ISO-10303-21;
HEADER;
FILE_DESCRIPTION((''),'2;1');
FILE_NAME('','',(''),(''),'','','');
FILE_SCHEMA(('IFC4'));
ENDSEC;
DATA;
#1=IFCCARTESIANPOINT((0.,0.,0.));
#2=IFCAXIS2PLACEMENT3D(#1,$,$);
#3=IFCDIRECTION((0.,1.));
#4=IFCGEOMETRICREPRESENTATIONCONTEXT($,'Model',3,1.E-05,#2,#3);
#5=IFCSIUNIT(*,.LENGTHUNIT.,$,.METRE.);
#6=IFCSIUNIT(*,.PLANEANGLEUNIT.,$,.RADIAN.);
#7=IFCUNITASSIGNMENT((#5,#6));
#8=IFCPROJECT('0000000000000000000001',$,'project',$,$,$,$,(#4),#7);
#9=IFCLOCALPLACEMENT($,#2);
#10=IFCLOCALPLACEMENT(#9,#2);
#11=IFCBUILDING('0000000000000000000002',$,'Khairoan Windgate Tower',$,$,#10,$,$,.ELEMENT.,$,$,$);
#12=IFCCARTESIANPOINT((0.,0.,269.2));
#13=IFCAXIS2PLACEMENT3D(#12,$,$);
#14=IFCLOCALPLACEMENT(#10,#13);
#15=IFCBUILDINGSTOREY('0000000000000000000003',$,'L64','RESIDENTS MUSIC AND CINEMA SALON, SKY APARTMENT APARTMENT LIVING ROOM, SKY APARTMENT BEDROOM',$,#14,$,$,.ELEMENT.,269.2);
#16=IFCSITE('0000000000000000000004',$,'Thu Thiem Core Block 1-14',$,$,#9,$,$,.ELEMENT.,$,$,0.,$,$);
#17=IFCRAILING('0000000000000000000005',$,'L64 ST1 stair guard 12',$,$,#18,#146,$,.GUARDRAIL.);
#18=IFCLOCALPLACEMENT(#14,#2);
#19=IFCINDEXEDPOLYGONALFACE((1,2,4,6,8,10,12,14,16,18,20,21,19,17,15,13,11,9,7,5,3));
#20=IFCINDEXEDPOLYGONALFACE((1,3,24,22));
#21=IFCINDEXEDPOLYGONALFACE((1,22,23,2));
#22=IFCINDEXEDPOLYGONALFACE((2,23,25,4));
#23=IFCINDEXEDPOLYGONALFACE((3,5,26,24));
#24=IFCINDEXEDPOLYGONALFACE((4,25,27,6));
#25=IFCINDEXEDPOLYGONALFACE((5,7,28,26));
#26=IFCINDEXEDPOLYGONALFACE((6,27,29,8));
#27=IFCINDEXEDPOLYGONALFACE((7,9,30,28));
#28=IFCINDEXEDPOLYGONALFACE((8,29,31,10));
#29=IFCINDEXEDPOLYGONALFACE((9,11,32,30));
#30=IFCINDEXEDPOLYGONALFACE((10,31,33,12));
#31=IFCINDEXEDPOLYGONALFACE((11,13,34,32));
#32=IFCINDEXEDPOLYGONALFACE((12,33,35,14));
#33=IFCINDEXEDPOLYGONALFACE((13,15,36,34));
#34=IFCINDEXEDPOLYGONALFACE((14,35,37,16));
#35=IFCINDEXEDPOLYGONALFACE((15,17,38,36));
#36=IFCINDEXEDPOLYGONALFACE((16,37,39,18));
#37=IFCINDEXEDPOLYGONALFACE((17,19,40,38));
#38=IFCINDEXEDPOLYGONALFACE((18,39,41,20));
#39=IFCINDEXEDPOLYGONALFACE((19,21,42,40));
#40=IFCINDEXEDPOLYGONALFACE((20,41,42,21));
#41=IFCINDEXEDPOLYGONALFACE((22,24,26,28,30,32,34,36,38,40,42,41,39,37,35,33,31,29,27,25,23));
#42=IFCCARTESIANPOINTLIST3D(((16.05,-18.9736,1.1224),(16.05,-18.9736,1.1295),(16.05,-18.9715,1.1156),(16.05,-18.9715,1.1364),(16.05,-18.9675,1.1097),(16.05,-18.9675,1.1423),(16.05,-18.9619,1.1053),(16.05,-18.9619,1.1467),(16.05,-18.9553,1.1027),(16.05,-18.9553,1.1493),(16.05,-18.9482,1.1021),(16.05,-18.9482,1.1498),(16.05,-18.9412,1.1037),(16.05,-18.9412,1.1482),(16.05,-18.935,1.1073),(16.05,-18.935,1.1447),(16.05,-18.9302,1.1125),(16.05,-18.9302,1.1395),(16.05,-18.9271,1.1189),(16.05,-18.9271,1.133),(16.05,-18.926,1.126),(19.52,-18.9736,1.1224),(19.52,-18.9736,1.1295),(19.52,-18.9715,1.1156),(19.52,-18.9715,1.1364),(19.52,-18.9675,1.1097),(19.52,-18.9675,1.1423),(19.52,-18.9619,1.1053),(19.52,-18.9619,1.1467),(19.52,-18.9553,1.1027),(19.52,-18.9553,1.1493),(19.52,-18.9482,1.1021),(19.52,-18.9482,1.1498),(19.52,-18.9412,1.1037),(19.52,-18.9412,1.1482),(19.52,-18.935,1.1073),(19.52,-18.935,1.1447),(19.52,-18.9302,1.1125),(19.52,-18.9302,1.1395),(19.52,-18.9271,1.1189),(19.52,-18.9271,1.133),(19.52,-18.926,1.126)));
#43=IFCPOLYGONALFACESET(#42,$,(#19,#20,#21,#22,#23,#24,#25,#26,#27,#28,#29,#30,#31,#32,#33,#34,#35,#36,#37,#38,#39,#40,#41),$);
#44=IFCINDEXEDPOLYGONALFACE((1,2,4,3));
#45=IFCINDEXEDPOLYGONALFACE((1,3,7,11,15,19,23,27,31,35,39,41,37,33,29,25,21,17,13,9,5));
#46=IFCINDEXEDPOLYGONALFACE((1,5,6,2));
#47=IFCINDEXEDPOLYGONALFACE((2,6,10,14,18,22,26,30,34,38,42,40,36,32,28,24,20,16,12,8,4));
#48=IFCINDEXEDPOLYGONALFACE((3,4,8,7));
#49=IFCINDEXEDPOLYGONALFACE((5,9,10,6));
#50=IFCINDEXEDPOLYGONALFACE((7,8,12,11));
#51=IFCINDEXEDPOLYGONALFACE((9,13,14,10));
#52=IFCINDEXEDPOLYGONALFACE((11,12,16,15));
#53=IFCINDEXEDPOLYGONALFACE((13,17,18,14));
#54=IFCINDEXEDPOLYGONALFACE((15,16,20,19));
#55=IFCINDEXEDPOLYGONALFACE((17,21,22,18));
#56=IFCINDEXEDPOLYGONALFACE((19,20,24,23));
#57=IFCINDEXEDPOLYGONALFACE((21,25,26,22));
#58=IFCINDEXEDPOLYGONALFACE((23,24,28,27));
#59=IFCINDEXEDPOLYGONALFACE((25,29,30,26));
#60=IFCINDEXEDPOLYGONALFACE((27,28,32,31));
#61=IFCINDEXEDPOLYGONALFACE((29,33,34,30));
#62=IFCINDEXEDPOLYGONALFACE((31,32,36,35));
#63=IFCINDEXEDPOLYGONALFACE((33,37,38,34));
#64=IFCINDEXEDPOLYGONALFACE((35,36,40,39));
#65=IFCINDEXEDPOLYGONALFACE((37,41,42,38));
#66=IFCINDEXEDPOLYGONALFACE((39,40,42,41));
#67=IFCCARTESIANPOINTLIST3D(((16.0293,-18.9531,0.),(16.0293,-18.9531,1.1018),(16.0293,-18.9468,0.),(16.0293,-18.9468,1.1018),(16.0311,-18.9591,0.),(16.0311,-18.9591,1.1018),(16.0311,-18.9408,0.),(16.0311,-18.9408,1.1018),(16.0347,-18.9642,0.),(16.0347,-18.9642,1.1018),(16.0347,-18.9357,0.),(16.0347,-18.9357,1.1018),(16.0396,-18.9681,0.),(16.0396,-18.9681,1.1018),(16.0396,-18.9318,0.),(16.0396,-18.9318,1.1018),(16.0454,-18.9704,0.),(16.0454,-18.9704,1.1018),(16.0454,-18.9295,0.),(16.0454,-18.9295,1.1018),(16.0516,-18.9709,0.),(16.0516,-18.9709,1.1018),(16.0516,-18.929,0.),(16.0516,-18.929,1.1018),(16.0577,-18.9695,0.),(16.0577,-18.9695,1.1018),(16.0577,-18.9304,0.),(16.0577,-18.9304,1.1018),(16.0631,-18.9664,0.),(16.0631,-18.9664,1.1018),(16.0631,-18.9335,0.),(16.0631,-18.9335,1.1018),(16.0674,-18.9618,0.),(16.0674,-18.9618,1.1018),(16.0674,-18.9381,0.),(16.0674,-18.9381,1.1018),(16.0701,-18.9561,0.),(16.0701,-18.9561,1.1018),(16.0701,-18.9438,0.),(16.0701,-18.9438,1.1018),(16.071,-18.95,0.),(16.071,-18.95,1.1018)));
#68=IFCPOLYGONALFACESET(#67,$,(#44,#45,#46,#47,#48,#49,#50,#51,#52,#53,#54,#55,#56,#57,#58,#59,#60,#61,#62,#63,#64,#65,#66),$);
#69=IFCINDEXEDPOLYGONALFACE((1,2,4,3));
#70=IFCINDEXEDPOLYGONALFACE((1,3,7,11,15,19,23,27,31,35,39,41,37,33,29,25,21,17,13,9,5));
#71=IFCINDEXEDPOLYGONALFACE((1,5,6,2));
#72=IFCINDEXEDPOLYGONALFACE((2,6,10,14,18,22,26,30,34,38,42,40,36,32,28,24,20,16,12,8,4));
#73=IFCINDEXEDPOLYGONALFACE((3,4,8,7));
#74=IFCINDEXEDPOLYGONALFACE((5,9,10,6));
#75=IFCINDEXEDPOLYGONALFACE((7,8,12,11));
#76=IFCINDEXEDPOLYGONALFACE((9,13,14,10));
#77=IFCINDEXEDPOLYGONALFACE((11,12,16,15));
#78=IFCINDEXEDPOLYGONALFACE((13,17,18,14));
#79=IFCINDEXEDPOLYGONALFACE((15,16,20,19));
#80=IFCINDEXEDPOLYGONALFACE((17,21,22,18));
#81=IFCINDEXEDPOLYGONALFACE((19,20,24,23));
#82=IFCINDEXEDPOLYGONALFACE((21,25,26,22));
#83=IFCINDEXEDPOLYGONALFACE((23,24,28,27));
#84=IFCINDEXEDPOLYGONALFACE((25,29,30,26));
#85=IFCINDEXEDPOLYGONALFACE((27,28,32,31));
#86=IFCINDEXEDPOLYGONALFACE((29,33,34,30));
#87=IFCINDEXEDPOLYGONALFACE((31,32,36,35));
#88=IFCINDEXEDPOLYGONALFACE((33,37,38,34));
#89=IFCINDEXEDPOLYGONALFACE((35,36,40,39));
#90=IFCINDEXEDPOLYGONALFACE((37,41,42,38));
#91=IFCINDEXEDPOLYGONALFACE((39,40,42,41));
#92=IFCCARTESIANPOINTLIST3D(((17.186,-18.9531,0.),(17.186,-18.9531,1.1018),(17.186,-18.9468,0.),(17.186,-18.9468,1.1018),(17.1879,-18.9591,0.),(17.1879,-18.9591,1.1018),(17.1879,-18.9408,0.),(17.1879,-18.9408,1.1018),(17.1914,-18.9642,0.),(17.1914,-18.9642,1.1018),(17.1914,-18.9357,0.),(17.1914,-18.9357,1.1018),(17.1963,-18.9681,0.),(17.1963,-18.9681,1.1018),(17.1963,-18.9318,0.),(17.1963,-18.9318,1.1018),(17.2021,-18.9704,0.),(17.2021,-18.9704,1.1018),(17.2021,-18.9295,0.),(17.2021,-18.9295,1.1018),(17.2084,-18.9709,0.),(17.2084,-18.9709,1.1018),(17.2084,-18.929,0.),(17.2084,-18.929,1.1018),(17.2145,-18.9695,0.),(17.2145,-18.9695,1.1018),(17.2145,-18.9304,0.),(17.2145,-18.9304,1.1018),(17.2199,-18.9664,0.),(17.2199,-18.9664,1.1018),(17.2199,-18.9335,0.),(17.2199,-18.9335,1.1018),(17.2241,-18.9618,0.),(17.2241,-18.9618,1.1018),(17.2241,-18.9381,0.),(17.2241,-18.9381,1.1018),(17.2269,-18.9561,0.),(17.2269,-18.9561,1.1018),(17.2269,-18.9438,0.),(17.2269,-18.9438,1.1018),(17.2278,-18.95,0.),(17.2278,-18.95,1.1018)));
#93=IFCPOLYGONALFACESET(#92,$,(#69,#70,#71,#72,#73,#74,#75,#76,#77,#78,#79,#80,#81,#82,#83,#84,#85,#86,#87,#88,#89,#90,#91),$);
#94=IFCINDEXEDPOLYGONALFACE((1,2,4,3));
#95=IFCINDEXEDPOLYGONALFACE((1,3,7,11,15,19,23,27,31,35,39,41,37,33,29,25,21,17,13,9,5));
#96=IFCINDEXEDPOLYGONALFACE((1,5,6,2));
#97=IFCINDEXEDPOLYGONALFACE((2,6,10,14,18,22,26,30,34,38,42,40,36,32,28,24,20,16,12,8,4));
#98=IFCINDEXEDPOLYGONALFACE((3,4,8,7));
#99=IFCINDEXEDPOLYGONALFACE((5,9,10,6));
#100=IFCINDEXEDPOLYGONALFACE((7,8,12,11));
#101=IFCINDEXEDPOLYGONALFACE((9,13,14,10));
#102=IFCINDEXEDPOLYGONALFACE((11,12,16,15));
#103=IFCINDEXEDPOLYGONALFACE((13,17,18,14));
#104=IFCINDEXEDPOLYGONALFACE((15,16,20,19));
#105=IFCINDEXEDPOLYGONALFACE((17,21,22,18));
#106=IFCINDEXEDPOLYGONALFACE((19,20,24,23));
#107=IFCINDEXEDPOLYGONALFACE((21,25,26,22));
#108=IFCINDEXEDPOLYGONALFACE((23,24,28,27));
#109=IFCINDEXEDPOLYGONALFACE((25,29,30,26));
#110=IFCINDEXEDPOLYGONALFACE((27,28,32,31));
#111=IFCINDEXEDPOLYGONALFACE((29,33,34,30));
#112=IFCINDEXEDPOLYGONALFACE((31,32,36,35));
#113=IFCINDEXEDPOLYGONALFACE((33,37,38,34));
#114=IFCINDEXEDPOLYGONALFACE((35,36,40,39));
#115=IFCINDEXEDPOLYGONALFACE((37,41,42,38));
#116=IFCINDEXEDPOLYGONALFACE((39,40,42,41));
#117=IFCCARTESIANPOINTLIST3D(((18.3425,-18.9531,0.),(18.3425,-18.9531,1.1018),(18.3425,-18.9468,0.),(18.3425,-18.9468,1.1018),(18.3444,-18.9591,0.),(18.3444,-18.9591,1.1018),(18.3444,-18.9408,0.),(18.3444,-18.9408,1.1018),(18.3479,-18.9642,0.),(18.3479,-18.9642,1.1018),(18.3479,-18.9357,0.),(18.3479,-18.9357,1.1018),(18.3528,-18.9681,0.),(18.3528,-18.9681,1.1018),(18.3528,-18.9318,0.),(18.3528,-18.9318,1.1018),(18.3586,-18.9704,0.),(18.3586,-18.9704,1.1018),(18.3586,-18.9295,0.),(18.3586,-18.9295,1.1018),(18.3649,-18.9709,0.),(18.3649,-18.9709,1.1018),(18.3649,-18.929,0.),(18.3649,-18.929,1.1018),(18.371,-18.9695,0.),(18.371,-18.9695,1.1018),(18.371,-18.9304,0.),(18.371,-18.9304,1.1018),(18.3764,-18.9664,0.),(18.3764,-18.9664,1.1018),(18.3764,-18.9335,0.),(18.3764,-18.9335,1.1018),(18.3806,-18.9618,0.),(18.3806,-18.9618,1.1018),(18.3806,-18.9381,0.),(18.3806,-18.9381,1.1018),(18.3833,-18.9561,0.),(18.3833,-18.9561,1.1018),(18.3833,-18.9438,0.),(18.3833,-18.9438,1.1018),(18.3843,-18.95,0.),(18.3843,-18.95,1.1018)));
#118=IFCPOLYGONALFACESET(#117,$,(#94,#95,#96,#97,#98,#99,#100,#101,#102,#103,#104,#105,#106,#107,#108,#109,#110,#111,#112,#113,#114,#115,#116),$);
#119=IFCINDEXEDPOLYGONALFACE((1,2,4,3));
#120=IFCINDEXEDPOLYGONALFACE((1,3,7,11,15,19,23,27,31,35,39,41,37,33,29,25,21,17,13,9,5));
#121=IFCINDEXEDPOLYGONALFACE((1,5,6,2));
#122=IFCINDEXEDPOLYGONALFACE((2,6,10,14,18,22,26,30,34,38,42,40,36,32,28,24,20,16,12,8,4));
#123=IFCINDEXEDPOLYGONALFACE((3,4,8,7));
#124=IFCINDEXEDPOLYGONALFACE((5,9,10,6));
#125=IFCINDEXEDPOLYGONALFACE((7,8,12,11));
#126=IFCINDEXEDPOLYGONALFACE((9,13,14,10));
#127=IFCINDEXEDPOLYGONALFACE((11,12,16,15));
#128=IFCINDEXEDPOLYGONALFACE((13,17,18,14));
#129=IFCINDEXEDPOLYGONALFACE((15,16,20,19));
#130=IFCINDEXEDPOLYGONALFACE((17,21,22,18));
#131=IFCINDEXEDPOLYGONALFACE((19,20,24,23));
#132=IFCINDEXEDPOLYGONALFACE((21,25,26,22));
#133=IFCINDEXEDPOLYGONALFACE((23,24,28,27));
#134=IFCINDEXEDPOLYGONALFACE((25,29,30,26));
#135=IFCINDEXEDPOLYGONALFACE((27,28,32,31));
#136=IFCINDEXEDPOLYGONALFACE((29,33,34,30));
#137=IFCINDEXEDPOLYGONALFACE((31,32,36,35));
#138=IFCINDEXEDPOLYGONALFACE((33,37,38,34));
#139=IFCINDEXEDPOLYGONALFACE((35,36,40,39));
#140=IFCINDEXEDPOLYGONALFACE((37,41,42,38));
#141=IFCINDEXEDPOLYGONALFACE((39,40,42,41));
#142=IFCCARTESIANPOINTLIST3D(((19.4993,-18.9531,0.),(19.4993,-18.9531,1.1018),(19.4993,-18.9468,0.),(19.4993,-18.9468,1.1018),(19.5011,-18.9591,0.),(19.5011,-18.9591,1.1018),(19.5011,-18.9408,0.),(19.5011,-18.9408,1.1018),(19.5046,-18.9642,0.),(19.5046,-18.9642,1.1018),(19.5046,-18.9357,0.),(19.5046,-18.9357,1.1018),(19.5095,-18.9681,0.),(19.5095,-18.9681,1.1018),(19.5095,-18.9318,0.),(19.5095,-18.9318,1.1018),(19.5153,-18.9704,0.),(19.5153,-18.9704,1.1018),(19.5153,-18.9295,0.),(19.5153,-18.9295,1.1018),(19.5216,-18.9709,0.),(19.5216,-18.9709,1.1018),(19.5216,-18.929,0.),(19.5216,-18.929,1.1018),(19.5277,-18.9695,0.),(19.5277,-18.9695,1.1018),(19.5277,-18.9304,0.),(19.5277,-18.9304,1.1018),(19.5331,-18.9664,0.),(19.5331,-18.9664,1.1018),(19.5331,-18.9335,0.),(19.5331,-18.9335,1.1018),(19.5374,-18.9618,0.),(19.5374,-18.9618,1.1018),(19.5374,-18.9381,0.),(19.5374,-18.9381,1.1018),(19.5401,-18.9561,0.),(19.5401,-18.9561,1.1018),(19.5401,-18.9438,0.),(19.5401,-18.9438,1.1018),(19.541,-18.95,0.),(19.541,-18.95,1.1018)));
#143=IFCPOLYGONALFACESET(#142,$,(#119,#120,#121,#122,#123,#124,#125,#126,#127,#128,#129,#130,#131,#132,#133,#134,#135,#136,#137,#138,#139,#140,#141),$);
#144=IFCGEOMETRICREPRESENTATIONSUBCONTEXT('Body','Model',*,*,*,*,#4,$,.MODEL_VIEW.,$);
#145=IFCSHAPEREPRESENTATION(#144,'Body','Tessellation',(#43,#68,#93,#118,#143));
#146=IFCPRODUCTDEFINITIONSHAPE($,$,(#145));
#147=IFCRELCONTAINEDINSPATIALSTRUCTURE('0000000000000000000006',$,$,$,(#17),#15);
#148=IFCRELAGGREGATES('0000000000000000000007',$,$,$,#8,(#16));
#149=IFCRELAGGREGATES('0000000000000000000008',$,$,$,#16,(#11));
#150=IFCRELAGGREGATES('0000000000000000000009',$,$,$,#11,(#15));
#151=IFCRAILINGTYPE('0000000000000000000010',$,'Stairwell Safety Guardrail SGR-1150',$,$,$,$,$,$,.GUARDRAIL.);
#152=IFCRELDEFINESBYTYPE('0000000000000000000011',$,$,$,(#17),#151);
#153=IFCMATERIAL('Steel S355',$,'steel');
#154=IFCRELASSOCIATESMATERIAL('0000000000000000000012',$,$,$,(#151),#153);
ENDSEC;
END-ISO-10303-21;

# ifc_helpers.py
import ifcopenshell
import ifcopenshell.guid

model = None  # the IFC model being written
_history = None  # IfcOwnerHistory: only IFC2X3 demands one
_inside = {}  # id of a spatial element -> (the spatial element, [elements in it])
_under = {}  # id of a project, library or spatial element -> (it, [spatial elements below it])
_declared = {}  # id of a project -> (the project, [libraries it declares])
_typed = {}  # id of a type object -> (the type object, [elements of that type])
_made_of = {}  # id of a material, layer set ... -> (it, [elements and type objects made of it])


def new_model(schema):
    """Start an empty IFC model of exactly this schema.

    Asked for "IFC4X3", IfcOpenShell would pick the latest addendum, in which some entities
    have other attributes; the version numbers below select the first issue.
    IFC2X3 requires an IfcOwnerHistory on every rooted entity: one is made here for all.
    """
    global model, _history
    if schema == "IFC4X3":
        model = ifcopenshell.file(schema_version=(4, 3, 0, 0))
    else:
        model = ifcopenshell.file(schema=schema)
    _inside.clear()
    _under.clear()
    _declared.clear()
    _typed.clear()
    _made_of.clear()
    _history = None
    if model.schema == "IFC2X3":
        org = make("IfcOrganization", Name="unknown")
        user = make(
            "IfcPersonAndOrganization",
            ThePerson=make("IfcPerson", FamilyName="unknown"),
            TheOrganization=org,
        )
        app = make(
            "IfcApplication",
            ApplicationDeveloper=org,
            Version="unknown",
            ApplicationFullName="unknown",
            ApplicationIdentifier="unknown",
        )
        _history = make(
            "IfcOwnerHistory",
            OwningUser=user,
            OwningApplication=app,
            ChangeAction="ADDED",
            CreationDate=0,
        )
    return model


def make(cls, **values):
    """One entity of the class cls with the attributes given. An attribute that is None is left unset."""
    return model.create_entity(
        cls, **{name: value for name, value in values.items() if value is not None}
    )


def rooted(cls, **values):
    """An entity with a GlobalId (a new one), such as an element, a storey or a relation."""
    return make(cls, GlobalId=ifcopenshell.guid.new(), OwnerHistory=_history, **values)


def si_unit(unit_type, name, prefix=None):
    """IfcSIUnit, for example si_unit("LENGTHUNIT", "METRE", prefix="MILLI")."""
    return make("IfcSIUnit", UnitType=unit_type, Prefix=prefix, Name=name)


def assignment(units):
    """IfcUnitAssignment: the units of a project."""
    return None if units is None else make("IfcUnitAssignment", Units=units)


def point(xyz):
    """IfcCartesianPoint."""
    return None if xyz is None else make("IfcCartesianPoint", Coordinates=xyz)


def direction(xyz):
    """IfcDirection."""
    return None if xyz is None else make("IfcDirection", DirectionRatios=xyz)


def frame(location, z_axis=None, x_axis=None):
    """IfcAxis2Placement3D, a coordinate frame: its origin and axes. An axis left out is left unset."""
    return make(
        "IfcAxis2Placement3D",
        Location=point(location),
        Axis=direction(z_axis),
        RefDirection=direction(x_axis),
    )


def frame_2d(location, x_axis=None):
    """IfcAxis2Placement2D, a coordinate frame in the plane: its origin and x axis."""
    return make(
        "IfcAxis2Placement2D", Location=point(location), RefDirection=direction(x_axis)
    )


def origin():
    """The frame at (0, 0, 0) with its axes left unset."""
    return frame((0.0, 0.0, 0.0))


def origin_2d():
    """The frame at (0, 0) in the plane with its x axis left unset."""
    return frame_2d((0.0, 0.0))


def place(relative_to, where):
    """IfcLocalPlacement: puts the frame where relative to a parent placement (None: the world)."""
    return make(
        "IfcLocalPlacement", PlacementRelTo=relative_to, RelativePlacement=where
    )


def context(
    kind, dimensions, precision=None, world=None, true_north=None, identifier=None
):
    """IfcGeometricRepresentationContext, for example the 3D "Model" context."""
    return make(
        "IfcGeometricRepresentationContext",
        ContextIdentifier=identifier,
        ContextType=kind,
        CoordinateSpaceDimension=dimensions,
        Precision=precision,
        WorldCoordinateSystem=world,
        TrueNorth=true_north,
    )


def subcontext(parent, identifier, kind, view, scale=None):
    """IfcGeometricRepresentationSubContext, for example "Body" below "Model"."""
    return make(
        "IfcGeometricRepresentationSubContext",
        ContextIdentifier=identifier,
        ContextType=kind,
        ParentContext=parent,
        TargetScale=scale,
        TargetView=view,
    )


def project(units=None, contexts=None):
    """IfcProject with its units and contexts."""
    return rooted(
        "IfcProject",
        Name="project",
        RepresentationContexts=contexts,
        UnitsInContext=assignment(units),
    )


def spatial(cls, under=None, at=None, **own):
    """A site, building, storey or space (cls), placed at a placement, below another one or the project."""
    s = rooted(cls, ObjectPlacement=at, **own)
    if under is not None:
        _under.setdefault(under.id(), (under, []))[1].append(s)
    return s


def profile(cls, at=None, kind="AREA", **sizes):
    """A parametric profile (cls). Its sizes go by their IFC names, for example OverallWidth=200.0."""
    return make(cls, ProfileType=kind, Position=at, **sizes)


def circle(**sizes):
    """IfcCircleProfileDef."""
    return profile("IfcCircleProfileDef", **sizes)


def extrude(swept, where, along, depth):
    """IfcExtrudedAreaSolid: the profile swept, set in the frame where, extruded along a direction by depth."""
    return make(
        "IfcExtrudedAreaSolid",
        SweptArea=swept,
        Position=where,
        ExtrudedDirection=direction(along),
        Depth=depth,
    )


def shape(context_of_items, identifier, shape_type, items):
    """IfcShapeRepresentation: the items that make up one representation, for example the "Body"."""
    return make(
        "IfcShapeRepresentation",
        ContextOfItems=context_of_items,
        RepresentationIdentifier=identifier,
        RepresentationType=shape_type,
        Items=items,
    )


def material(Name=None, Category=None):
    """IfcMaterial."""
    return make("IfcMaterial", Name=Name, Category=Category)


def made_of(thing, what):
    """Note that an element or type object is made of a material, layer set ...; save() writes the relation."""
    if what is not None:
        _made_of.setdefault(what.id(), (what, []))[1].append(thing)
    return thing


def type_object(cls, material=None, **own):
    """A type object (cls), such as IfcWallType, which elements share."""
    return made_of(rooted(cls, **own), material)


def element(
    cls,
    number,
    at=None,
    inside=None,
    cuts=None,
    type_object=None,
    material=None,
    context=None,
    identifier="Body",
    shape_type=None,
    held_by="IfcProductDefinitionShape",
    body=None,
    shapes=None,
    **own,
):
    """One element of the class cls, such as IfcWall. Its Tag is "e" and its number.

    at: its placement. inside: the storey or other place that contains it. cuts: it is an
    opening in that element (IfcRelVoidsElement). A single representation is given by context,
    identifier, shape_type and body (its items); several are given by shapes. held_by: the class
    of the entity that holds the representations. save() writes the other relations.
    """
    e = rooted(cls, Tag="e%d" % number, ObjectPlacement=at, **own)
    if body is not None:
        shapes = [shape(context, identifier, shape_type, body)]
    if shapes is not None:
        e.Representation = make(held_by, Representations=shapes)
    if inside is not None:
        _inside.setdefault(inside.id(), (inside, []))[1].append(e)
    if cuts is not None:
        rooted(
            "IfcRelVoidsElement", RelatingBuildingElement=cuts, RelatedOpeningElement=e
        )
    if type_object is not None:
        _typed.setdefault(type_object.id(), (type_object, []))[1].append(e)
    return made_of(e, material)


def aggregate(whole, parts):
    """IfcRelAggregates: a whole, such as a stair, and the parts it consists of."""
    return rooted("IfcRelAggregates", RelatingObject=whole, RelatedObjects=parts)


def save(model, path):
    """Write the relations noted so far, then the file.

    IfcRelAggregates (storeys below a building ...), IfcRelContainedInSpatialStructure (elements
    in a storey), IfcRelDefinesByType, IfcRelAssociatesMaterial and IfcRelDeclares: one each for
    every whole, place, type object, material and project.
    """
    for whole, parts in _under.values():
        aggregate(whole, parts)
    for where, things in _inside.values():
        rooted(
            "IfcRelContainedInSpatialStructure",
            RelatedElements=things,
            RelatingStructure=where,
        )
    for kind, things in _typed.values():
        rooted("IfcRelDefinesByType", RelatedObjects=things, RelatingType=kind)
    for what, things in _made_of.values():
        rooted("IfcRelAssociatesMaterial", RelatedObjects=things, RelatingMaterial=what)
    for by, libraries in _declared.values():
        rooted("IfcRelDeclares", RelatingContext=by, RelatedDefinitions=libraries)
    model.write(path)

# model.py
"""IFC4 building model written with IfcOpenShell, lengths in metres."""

from ifc_helpers import new_model, si_unit, direction, frame, origin, origin_2d, place, context, subcontext, project, spatial, circle, extrude, material, type_object, element, save


model = new_model("IFC4")

# Units and contexts
model_context = context("Model", 3, precision=1e-05, world=origin(), true_north=direction((0.0, 1.0)))
body_context = subcontext(model_context, "Body", "Model", "MODEL_VIEW")
ifc_project = project(units=[si_unit("LENGTHUNIT", "METRE"), si_unit("PLANEANGLEUNIT", "RADIAN")], contexts=[model_context])

# Site, building, storey
site_placement = place(None, origin())
site = spatial("IfcSite", under=ifc_project, at=site_placement, Name="Thu Thiem Core Block 1-14", CompositionType="ELEMENT", RefElevation=0.0)
building_placement = place(site_placement, origin())
building = spatial("IfcBuilding", under=site, at=building_placement, Name="Khairoan Windgate Tower", CompositionType="ELEMENT")
storey_placement = place(building_placement, frame((0.0, 0.0, 269.2)))
storey = spatial("IfcBuildingStorey", under=building, at=storey_placement, Name="L64", Description="RESIDENTS MUSIC AND CINEMA SALON, SKY APARTMENT APARTMENT LIVING ROOM, SKY APARTMENT BEDROOM", CompositionType="ELEMENT", Elevation=269.2)

# Railing
ifc_material_1 = material(Name="Steel S355", Category="steel")
railing_type = type_object("IfcRailingType", Name="Stairwell Safety Guardrail SGR-1150", PredefinedType="GUARDRAIL", material=ifc_material_1)
railing_1_placement = place(storey_placement, frame((16.05, -18.95, 0.0)))
element("IfcRailing", 1, at=railing_1_placement, inside=storey, type_object=railing_type, Name="L64 ST1 stair guard 12", PredefinedType="GUARDRAIL", context=body_context, shape_type="SweptSolid", body=[
    extrude(circle(Radius=0.0239, at=origin_2d()), frame((0.0, 0.0, 1.126), z_axis=(1.0, 0.0, 0.0), x_axis=(0.0, 1.0, 0.0)), (0.0, 0.0, 1.0), 3.47),
    extrude(circle(Radius=0.021, at=origin_2d()), origin(), (0.0, 0.0, 1.0), 1.1018),
    extrude(circle(Radius=0.021, at=origin_2d()), frame((1.1567, 0.0, 0.0)), (0.0, 0.0, 1.0), 1.1018),
    extrude(circle(Radius=0.021, at=origin_2d()), frame((2.3132, 0.0, 0.0)), (0.0, 0.0, 1.0), 1.1018),
    extrude(circle(Radius=0.021, at=origin_2d()), frame((3.47, 0.0, 0.0)), (0.0, 0.0, 1.0), 1.1018),
])

save(model, "model.ifc")
